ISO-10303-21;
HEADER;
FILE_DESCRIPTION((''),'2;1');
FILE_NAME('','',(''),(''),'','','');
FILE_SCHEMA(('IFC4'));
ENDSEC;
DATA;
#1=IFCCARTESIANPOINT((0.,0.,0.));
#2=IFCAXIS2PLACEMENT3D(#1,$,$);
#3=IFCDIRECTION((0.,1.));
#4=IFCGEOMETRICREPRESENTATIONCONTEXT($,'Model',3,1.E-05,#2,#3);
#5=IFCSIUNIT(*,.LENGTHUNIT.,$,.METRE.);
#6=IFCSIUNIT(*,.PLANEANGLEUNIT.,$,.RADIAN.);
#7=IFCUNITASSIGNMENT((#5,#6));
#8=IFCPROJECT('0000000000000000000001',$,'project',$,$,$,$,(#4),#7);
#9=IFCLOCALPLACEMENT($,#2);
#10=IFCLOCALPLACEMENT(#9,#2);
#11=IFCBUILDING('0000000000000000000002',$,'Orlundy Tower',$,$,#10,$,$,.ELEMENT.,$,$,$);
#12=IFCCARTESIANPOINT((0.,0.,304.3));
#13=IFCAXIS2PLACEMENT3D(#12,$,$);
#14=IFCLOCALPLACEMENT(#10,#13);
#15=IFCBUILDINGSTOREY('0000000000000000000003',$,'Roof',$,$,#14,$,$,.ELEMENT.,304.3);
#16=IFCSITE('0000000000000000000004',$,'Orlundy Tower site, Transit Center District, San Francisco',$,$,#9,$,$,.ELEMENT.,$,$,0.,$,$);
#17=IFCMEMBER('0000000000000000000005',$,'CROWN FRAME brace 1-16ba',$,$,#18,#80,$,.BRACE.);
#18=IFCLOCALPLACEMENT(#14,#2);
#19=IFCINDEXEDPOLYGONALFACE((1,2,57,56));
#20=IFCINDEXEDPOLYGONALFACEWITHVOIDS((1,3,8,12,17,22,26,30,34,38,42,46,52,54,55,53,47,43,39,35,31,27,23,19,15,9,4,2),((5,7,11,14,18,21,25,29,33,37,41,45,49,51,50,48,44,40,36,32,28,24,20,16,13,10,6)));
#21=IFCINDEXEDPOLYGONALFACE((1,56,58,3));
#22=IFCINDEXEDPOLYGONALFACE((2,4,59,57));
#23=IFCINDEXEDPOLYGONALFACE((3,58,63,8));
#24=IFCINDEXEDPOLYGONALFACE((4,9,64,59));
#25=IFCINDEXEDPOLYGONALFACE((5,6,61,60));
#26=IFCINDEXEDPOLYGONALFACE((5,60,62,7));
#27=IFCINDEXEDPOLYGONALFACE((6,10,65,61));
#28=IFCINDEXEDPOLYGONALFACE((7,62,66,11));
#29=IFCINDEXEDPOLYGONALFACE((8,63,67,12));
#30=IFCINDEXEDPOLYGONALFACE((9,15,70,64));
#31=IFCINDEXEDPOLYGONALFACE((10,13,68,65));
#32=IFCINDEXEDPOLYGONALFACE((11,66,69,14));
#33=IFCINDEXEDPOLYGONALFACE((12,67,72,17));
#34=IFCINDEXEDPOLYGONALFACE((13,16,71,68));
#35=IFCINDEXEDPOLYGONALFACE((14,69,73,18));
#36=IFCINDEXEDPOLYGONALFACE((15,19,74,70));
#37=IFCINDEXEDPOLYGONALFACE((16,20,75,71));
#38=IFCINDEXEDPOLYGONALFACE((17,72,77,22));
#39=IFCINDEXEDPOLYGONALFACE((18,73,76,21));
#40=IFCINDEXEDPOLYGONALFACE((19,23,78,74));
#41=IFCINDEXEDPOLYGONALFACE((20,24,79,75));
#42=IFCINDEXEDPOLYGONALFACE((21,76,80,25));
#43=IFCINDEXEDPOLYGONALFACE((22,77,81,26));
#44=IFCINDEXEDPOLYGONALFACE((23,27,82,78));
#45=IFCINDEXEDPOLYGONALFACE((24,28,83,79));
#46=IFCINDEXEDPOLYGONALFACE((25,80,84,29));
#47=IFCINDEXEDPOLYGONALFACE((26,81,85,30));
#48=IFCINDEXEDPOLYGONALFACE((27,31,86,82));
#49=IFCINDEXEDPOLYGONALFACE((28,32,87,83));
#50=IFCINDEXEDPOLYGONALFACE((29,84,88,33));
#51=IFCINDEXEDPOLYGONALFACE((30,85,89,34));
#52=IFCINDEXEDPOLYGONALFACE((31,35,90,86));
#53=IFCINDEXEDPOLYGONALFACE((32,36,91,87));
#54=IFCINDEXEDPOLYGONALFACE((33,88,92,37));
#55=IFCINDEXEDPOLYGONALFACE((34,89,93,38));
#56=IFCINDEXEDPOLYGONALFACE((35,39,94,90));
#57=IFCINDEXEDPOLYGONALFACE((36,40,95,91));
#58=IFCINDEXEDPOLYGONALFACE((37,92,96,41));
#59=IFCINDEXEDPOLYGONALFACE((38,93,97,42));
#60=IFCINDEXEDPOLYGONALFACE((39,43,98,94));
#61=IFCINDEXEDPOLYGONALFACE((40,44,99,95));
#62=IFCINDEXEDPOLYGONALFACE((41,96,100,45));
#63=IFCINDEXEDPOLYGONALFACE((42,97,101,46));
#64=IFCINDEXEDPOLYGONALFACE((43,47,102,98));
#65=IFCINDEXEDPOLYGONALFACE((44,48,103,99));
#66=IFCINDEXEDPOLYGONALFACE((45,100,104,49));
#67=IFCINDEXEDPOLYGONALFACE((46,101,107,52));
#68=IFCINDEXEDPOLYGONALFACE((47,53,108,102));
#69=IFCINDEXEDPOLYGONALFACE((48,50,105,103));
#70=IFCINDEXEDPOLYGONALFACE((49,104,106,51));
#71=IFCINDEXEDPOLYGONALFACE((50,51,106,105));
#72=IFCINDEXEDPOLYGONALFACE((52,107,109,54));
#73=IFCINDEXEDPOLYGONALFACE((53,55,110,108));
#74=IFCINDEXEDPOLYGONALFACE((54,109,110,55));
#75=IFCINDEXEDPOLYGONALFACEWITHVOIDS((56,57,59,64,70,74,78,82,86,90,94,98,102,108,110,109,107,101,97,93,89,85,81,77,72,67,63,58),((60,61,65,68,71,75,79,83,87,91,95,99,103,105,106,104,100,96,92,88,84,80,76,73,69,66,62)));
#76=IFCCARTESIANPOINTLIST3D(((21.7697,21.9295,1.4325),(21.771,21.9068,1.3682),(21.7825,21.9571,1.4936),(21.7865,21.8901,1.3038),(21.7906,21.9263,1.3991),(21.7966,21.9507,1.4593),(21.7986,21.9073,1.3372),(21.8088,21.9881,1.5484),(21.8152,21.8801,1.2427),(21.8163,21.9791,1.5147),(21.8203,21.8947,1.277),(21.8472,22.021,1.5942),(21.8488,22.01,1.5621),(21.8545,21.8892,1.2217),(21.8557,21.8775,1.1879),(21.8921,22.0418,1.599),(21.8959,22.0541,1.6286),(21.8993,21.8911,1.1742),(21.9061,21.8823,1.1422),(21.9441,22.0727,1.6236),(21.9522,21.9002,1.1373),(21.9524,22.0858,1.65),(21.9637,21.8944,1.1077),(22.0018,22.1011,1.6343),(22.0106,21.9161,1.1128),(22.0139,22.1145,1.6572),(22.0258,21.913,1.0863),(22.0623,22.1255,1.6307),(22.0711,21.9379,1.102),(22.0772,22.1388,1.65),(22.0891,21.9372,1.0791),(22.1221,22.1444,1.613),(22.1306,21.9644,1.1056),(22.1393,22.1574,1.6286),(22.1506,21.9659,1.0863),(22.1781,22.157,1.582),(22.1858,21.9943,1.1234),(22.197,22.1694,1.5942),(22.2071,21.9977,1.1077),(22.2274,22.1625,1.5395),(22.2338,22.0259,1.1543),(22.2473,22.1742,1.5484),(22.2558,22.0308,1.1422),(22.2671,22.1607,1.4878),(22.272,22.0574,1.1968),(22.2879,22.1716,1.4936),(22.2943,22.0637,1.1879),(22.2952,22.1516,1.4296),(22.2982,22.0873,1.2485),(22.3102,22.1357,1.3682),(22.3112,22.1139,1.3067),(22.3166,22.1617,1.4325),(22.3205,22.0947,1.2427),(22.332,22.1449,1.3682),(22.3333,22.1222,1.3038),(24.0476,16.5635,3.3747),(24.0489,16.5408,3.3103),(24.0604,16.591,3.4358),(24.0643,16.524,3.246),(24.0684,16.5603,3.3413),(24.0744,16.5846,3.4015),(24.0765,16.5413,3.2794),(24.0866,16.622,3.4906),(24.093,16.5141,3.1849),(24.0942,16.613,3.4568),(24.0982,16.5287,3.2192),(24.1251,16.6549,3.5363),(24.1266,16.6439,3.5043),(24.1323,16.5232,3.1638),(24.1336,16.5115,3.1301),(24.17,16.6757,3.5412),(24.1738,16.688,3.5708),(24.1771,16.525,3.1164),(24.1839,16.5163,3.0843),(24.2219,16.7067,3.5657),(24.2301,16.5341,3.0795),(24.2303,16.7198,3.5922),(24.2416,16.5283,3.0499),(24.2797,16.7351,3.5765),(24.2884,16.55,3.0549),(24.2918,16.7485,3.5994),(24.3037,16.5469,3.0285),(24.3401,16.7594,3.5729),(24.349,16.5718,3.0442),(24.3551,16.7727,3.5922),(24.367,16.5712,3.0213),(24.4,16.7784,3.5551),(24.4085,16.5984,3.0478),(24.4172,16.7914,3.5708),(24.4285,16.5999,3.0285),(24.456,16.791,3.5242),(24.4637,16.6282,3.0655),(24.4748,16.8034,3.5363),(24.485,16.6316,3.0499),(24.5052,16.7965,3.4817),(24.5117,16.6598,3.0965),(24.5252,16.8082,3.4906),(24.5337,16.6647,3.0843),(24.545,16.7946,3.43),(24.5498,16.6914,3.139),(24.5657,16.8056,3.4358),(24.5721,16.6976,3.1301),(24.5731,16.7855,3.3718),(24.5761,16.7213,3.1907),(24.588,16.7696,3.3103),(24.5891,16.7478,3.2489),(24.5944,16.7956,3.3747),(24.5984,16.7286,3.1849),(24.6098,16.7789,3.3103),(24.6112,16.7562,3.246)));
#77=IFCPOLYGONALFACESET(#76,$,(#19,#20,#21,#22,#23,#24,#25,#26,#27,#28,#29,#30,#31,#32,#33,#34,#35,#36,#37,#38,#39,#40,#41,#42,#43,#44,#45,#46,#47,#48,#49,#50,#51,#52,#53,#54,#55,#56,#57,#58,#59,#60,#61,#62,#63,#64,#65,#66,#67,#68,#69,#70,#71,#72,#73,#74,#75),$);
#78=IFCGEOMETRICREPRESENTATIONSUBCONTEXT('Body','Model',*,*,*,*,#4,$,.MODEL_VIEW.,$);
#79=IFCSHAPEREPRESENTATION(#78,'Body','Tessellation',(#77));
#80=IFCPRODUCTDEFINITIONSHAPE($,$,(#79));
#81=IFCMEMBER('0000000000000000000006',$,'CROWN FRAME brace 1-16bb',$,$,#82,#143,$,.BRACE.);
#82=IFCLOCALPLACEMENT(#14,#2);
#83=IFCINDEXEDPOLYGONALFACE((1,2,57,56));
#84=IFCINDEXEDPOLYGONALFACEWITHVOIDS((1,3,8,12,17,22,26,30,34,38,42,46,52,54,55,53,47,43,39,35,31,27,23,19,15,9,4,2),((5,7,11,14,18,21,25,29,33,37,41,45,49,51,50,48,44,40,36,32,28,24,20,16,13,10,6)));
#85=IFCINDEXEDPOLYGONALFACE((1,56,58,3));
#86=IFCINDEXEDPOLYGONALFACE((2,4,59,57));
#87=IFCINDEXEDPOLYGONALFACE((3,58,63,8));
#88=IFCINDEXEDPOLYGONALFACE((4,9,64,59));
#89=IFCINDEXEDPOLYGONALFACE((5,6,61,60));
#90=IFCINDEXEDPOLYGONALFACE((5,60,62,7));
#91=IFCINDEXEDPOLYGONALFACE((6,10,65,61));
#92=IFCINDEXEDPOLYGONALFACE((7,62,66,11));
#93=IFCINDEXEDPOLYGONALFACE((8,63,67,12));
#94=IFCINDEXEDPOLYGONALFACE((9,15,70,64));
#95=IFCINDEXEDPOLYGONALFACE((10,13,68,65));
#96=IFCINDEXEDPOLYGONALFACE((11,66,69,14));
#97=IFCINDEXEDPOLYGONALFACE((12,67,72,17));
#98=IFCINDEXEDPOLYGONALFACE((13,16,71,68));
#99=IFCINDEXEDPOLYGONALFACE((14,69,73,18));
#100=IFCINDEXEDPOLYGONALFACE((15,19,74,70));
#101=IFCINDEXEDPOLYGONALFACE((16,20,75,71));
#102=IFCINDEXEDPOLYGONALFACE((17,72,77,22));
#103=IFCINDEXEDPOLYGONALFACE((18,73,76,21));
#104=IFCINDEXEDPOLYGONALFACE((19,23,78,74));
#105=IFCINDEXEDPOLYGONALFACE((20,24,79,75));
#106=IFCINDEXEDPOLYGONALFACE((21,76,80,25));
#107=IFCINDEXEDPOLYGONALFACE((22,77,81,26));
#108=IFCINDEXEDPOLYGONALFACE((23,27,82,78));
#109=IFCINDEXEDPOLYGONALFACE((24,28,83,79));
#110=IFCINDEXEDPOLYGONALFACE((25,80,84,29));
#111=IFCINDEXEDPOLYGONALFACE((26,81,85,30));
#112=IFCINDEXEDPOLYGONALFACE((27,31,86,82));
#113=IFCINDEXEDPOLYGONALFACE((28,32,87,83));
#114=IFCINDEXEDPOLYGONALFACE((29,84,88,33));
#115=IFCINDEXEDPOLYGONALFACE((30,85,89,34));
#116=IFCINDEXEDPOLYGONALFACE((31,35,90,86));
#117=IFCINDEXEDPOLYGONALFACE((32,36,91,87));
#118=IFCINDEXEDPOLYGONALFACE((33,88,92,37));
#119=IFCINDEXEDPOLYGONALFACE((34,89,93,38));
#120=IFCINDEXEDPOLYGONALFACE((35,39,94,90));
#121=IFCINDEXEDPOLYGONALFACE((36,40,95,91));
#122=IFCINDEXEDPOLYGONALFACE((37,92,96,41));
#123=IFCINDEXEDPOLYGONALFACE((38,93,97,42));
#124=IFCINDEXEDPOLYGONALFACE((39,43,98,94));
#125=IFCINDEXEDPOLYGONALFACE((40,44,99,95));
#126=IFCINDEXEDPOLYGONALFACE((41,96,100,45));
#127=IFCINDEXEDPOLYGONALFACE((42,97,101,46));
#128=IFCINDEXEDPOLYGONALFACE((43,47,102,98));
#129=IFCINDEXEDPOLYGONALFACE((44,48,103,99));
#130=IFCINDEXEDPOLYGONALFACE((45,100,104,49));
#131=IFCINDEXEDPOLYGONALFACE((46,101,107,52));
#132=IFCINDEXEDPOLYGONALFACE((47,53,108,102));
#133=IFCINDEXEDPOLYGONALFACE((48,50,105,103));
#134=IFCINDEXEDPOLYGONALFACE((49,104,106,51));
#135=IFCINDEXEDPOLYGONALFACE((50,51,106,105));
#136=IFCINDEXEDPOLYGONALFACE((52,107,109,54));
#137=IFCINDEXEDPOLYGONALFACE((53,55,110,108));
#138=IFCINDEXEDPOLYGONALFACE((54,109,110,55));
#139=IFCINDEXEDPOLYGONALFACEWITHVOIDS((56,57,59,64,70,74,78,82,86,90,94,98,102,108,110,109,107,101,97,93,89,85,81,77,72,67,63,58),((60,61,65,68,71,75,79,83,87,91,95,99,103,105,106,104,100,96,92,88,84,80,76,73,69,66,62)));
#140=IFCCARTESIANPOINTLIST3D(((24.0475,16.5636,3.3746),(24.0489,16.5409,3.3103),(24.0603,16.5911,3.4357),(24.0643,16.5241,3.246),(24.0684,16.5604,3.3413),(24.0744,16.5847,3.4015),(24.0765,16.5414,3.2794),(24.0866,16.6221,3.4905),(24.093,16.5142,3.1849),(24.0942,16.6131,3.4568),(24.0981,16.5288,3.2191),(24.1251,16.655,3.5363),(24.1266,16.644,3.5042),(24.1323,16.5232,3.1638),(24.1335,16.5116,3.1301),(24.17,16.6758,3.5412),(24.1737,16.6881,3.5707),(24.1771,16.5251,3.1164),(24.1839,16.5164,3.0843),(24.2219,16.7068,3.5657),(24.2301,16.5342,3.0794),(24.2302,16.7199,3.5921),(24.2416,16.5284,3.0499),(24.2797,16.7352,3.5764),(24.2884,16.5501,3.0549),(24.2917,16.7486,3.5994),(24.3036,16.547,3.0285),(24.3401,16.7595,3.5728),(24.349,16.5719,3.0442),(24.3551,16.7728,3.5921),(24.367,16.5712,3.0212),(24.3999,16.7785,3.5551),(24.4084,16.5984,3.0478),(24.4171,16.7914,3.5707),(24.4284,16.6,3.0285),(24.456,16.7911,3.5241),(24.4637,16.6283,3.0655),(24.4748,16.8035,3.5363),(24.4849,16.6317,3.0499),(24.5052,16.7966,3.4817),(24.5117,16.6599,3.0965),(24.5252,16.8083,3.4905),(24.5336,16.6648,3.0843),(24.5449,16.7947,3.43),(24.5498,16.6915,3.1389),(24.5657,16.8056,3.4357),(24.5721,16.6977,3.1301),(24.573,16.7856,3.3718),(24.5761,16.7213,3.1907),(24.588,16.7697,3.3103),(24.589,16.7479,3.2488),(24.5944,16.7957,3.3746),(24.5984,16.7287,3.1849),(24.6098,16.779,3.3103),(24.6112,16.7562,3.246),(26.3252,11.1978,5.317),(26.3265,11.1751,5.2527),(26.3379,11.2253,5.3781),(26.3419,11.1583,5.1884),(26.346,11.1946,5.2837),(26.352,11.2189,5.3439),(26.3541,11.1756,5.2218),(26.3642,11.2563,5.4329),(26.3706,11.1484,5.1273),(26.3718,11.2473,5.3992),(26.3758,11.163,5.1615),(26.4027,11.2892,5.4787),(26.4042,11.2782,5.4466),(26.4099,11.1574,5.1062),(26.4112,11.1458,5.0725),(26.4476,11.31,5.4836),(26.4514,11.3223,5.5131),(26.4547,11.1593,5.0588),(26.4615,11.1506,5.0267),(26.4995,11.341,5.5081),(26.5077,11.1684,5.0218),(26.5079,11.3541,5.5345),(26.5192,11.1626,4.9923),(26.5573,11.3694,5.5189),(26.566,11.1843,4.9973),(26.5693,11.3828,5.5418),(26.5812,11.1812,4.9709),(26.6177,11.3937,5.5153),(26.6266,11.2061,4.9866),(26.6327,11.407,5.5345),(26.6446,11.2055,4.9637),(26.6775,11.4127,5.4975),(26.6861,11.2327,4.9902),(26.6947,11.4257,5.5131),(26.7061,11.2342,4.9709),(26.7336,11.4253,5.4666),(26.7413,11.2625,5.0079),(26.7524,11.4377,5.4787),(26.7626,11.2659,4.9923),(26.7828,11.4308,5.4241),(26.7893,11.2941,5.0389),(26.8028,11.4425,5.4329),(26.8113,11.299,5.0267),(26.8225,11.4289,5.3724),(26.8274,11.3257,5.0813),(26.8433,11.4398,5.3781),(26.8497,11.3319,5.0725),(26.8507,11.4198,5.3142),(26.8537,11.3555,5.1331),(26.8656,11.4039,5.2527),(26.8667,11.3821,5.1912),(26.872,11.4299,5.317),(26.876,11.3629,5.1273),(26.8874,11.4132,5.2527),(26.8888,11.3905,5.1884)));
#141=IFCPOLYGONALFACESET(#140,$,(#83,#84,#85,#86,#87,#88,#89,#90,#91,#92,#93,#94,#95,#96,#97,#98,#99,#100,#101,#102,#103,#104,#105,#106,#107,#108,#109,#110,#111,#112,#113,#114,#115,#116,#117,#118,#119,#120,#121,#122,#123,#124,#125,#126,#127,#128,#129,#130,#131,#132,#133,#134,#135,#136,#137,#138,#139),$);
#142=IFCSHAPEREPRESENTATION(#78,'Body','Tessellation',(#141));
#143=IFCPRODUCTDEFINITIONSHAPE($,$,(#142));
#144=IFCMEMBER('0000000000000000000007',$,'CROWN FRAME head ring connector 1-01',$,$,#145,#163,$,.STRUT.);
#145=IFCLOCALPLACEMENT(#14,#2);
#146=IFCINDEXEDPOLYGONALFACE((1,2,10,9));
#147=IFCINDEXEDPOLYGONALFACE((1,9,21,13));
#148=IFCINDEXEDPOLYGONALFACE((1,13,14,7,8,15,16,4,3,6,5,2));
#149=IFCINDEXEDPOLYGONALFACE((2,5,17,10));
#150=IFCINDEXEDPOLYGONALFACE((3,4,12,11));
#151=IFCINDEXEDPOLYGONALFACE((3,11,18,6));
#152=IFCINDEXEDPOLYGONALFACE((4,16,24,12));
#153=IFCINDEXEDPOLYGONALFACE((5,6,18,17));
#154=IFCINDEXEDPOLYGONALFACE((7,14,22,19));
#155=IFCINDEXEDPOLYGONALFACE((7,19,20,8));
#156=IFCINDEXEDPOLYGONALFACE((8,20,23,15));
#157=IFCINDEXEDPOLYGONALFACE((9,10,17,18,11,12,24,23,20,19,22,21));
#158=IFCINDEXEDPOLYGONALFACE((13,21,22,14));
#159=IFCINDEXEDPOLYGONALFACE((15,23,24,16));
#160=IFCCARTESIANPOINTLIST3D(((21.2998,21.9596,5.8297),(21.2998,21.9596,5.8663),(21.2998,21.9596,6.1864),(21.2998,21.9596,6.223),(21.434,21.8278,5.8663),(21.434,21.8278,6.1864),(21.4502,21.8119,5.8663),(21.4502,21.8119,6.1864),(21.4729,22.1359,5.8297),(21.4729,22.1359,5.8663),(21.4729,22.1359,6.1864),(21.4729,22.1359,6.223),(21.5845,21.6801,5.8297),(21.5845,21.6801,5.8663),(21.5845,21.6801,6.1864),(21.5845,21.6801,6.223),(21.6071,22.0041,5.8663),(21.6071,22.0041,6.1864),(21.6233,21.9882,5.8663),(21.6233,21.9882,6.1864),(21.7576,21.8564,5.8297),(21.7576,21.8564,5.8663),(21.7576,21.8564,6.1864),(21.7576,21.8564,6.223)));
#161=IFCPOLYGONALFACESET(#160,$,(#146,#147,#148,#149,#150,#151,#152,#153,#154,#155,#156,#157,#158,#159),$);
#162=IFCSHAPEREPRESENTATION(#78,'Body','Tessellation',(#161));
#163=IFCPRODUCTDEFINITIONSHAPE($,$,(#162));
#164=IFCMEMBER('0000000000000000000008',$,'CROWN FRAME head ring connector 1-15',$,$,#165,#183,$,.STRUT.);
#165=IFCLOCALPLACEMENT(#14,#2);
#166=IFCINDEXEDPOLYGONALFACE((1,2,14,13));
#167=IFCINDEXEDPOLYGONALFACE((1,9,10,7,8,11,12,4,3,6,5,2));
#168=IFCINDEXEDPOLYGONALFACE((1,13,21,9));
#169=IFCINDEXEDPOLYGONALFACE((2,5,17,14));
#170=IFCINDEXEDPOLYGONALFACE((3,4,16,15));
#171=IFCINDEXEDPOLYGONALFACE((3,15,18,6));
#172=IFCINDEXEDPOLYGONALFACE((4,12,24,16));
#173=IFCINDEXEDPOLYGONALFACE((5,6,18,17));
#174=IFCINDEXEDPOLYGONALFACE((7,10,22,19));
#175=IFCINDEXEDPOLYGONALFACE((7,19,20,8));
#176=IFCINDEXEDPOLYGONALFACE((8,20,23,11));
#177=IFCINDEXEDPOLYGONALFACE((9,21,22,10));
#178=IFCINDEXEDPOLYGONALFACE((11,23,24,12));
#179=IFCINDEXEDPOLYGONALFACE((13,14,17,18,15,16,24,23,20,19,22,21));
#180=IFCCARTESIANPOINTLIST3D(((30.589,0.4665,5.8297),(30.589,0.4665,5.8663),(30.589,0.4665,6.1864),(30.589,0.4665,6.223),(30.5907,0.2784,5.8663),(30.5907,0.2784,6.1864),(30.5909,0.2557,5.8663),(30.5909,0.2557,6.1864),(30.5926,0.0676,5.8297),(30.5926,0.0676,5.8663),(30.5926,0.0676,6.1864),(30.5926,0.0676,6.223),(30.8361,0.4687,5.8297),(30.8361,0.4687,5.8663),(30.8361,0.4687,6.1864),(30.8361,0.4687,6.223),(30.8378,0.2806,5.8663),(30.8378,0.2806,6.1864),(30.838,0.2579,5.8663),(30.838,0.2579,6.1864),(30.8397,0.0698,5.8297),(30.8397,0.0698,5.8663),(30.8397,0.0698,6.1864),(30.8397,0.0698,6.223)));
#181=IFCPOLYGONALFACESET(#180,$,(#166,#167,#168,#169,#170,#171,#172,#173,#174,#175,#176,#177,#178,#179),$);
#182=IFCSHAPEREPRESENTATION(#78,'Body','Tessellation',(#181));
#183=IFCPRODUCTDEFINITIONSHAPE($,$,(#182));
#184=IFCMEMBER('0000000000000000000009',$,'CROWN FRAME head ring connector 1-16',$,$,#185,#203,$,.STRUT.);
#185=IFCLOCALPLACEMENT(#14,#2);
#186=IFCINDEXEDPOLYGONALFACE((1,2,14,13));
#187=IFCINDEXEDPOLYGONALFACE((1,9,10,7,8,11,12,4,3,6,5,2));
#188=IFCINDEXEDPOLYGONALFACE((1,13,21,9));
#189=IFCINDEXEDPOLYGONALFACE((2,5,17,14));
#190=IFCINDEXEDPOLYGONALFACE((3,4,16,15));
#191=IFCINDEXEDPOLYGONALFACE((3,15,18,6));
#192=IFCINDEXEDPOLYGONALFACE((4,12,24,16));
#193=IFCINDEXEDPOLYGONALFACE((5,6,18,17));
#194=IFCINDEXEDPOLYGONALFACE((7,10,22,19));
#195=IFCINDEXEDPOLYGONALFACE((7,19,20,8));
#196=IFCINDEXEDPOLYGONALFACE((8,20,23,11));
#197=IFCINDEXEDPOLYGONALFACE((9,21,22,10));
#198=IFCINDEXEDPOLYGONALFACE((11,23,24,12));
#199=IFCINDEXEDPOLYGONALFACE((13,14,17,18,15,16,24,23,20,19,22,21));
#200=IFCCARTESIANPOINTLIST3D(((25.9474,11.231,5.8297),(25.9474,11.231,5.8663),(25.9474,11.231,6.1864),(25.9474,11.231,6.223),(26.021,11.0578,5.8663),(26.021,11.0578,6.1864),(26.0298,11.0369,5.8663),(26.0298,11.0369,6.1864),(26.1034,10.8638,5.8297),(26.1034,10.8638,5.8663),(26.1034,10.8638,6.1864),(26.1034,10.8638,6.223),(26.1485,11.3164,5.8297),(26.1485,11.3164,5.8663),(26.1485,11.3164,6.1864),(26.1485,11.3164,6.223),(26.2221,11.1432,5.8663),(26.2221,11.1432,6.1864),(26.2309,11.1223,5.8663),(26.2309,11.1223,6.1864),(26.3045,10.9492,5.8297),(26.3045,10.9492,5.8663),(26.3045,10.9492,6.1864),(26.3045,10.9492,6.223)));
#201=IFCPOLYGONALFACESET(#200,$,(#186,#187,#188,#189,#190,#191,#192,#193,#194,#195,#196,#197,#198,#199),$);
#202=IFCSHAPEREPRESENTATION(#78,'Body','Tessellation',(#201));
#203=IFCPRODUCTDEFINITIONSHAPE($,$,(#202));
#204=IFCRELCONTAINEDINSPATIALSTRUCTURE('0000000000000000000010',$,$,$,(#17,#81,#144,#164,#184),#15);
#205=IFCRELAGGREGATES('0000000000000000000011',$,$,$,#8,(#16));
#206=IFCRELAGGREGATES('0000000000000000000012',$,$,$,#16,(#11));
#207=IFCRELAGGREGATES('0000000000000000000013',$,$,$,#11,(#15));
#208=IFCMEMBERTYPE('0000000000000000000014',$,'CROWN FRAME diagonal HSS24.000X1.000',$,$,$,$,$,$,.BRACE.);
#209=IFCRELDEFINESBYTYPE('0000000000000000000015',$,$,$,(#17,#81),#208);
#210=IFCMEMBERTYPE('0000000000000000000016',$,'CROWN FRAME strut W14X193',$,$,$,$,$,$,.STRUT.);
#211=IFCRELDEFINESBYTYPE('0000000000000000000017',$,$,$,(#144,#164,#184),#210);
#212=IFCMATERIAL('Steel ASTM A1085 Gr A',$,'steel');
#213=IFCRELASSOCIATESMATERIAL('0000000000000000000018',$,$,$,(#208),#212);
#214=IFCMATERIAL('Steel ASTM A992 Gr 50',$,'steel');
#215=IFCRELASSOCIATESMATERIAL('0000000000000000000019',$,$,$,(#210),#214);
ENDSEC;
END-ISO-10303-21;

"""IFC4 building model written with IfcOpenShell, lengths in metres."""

from ifc_helpers import new_model, si_unit, direction, frame, origin, origin_2d, place, context, subcontext, project, spatial, hollow_circle, i_section, extrude, material, material_profile, profile_set, type_object, element, save


model = new_model("IFC4")

# Units and contexts
model_context = context("Model", 3, precision=1e-05, world=origin(), true_north=direction((0.0, 1.0)))
body_context = subcontext(model_context, "Body", "Model", "MODEL_VIEW")
ifc_project = project(units=[si_unit("LENGTHUNIT", "METRE"), si_unit("PLANEANGLEUNIT", "RADIAN")], contexts=[model_context])

# Site, building, storey
site_placement = place(None, origin())
site = spatial("IfcSite", under=ifc_project, at=site_placement, Name="Orlundy Tower site, Transit Center District, San Francisco", CompositionType="ELEMENT", RefElevation=0.0)
building_placement = place(site_placement, origin())
building = spatial("IfcBuilding", under=site, at=building_placement, Name="Orlundy Tower", CompositionType="ELEMENT")
storey_placement = place(building_placement, frame((0.0, 0.0, 304.3)))
storey = spatial("IfcBuildingStorey", under=building, at=storey_placement, Name="Roof", CompositionType="ELEMENT", Elevation=304.3)

# Members
ifc_material_1 = material(Name="Steel ASTM A1085 Gr A", Category="steel")
ifc_material_profile_1 = material_profile(ifc_material_1, hollow_circle(Radius=0.3047, WallThickness=0.0237, at=origin_2d()), Name="HSS24.000X1.000")
ifc_profile_set_1 = profile_set([ifc_material_profile_1], Name="Steel ASTM A1085 Gr A")
member_type_1 = type_object("IfcMemberType", Name="CROWN FRAME diagonal HSS24.000X1.000", PredefinedType="BRACE", material=ifc_profile_set_1)
member_1_placement = place(storey_placement, frame((22.0515, 22.0259, 1.3682), z_axis=(0.370715, -0.873306, 0.316081), x_axis=(0.920498, 0.390748, 0.0)))
element("IfcMember", 1, at=member_1_placement, inside=storey, type_object=member_type_1, Name="CROWN FRAME brace 1-16ba", PredefinedType="BRACE", context=body_context, shape_type="SweptSolid", body=[
    extrude(hollow_circle(Radius=0.3047, WallThickness=0.0237, at=origin_2d()), origin(), (0.0, 0.0, 1.0), 6.1445),
])
member_2_placement = place(storey_placement, frame((24.3293, 16.6599, 3.3103), z_axis=(0.370689, -0.873298, 0.316133), x_axis=(0.920506, 0.390727, 0.0)))
element("IfcMember", 2, at=member_2_placement, inside=storey, type_object=member_type_1, Name="CROWN FRAME brace 1-16bb", PredefinedType="BRACE", context=body_context, shape_type="SweptSolid", body=[
    extrude(hollow_circle(Radius=0.3047, WallThickness=0.0237, at=origin_2d()), origin(), (0.0, 0.0, 1.0), 6.1443),
])
ifc_material_2 = material(Name="Steel ASTM A992 Gr 50", Category="steel")
ifc_material_profile_2 = material_profile(ifc_material_2, i_section(OverallWidth=0.3989, OverallDepth=0.3933, WebThickness=0.0227, FlangeThickness=0.0366, at=origin_2d()), Name="W14X193")
ifc_profile_set_2 = profile_set([ifc_material_profile_2], Name="Steel ASTM A992 Gr 50")
member_type_2 = type_object("IfcMemberType", Name="CROWN FRAME strut W14X193", PredefinedType="STRUT", material=ifc_profile_set_2)
for number, where, z_axis, x_axis, name in (
    (3, (21.4421, 21.8198, 6.0264), (0.700654, 0.713501, 0.0), (-0.713501, 0.700654, 0.0), "CROWN FRAME head ring connector 1-01"),
    (4, (30.5908, 0.2671, 6.0264), (0.99996, 0.008893, 0.0), (-0.008893, 0.99996, 0.0), "CROWN FRAME head ring connector 1-15"),
):
    element("IfcMember", number, at=place(storey_placement, frame(where, z_axis=z_axis, x_axis=x_axis)), inside=storey, type_object=member_type_2, Name=name, PredefinedType="STRUT", context=body_context, shape_type="SweptSolid", body=[
        extrude(i_section(OverallWidth=0.3989, OverallDepth=0.3933, WebThickness=0.0227, FlangeThickness=0.0366, at=origin_2d()), origin(), (0.0, 0.0, 1.0), 0.2471),
    ])
member_3_placement = place(storey_placement, frame((26.0254, 11.0474, 6.0264), z_axis=(0.920411, 0.390951, 0.0), x_axis=(-0.390951, 0.920411, 0.0)))
element("IfcMember", 5, at=member_3_placement, inside=storey, type_object=member_type_2, Name="CROWN FRAME head ring connector 1-16", PredefinedType="STRUT", context=body_context, shape_type="SweptSolid", body=[
    extrude(i_section(OverallWidth=0.3989, OverallDepth=0.3933, WebThickness=0.0227, FlangeThickness=0.0366, at=origin_2d()), origin(), (0.0, 0.0, 1.0), 0.2185),
])

save(model, "model.ifc")
